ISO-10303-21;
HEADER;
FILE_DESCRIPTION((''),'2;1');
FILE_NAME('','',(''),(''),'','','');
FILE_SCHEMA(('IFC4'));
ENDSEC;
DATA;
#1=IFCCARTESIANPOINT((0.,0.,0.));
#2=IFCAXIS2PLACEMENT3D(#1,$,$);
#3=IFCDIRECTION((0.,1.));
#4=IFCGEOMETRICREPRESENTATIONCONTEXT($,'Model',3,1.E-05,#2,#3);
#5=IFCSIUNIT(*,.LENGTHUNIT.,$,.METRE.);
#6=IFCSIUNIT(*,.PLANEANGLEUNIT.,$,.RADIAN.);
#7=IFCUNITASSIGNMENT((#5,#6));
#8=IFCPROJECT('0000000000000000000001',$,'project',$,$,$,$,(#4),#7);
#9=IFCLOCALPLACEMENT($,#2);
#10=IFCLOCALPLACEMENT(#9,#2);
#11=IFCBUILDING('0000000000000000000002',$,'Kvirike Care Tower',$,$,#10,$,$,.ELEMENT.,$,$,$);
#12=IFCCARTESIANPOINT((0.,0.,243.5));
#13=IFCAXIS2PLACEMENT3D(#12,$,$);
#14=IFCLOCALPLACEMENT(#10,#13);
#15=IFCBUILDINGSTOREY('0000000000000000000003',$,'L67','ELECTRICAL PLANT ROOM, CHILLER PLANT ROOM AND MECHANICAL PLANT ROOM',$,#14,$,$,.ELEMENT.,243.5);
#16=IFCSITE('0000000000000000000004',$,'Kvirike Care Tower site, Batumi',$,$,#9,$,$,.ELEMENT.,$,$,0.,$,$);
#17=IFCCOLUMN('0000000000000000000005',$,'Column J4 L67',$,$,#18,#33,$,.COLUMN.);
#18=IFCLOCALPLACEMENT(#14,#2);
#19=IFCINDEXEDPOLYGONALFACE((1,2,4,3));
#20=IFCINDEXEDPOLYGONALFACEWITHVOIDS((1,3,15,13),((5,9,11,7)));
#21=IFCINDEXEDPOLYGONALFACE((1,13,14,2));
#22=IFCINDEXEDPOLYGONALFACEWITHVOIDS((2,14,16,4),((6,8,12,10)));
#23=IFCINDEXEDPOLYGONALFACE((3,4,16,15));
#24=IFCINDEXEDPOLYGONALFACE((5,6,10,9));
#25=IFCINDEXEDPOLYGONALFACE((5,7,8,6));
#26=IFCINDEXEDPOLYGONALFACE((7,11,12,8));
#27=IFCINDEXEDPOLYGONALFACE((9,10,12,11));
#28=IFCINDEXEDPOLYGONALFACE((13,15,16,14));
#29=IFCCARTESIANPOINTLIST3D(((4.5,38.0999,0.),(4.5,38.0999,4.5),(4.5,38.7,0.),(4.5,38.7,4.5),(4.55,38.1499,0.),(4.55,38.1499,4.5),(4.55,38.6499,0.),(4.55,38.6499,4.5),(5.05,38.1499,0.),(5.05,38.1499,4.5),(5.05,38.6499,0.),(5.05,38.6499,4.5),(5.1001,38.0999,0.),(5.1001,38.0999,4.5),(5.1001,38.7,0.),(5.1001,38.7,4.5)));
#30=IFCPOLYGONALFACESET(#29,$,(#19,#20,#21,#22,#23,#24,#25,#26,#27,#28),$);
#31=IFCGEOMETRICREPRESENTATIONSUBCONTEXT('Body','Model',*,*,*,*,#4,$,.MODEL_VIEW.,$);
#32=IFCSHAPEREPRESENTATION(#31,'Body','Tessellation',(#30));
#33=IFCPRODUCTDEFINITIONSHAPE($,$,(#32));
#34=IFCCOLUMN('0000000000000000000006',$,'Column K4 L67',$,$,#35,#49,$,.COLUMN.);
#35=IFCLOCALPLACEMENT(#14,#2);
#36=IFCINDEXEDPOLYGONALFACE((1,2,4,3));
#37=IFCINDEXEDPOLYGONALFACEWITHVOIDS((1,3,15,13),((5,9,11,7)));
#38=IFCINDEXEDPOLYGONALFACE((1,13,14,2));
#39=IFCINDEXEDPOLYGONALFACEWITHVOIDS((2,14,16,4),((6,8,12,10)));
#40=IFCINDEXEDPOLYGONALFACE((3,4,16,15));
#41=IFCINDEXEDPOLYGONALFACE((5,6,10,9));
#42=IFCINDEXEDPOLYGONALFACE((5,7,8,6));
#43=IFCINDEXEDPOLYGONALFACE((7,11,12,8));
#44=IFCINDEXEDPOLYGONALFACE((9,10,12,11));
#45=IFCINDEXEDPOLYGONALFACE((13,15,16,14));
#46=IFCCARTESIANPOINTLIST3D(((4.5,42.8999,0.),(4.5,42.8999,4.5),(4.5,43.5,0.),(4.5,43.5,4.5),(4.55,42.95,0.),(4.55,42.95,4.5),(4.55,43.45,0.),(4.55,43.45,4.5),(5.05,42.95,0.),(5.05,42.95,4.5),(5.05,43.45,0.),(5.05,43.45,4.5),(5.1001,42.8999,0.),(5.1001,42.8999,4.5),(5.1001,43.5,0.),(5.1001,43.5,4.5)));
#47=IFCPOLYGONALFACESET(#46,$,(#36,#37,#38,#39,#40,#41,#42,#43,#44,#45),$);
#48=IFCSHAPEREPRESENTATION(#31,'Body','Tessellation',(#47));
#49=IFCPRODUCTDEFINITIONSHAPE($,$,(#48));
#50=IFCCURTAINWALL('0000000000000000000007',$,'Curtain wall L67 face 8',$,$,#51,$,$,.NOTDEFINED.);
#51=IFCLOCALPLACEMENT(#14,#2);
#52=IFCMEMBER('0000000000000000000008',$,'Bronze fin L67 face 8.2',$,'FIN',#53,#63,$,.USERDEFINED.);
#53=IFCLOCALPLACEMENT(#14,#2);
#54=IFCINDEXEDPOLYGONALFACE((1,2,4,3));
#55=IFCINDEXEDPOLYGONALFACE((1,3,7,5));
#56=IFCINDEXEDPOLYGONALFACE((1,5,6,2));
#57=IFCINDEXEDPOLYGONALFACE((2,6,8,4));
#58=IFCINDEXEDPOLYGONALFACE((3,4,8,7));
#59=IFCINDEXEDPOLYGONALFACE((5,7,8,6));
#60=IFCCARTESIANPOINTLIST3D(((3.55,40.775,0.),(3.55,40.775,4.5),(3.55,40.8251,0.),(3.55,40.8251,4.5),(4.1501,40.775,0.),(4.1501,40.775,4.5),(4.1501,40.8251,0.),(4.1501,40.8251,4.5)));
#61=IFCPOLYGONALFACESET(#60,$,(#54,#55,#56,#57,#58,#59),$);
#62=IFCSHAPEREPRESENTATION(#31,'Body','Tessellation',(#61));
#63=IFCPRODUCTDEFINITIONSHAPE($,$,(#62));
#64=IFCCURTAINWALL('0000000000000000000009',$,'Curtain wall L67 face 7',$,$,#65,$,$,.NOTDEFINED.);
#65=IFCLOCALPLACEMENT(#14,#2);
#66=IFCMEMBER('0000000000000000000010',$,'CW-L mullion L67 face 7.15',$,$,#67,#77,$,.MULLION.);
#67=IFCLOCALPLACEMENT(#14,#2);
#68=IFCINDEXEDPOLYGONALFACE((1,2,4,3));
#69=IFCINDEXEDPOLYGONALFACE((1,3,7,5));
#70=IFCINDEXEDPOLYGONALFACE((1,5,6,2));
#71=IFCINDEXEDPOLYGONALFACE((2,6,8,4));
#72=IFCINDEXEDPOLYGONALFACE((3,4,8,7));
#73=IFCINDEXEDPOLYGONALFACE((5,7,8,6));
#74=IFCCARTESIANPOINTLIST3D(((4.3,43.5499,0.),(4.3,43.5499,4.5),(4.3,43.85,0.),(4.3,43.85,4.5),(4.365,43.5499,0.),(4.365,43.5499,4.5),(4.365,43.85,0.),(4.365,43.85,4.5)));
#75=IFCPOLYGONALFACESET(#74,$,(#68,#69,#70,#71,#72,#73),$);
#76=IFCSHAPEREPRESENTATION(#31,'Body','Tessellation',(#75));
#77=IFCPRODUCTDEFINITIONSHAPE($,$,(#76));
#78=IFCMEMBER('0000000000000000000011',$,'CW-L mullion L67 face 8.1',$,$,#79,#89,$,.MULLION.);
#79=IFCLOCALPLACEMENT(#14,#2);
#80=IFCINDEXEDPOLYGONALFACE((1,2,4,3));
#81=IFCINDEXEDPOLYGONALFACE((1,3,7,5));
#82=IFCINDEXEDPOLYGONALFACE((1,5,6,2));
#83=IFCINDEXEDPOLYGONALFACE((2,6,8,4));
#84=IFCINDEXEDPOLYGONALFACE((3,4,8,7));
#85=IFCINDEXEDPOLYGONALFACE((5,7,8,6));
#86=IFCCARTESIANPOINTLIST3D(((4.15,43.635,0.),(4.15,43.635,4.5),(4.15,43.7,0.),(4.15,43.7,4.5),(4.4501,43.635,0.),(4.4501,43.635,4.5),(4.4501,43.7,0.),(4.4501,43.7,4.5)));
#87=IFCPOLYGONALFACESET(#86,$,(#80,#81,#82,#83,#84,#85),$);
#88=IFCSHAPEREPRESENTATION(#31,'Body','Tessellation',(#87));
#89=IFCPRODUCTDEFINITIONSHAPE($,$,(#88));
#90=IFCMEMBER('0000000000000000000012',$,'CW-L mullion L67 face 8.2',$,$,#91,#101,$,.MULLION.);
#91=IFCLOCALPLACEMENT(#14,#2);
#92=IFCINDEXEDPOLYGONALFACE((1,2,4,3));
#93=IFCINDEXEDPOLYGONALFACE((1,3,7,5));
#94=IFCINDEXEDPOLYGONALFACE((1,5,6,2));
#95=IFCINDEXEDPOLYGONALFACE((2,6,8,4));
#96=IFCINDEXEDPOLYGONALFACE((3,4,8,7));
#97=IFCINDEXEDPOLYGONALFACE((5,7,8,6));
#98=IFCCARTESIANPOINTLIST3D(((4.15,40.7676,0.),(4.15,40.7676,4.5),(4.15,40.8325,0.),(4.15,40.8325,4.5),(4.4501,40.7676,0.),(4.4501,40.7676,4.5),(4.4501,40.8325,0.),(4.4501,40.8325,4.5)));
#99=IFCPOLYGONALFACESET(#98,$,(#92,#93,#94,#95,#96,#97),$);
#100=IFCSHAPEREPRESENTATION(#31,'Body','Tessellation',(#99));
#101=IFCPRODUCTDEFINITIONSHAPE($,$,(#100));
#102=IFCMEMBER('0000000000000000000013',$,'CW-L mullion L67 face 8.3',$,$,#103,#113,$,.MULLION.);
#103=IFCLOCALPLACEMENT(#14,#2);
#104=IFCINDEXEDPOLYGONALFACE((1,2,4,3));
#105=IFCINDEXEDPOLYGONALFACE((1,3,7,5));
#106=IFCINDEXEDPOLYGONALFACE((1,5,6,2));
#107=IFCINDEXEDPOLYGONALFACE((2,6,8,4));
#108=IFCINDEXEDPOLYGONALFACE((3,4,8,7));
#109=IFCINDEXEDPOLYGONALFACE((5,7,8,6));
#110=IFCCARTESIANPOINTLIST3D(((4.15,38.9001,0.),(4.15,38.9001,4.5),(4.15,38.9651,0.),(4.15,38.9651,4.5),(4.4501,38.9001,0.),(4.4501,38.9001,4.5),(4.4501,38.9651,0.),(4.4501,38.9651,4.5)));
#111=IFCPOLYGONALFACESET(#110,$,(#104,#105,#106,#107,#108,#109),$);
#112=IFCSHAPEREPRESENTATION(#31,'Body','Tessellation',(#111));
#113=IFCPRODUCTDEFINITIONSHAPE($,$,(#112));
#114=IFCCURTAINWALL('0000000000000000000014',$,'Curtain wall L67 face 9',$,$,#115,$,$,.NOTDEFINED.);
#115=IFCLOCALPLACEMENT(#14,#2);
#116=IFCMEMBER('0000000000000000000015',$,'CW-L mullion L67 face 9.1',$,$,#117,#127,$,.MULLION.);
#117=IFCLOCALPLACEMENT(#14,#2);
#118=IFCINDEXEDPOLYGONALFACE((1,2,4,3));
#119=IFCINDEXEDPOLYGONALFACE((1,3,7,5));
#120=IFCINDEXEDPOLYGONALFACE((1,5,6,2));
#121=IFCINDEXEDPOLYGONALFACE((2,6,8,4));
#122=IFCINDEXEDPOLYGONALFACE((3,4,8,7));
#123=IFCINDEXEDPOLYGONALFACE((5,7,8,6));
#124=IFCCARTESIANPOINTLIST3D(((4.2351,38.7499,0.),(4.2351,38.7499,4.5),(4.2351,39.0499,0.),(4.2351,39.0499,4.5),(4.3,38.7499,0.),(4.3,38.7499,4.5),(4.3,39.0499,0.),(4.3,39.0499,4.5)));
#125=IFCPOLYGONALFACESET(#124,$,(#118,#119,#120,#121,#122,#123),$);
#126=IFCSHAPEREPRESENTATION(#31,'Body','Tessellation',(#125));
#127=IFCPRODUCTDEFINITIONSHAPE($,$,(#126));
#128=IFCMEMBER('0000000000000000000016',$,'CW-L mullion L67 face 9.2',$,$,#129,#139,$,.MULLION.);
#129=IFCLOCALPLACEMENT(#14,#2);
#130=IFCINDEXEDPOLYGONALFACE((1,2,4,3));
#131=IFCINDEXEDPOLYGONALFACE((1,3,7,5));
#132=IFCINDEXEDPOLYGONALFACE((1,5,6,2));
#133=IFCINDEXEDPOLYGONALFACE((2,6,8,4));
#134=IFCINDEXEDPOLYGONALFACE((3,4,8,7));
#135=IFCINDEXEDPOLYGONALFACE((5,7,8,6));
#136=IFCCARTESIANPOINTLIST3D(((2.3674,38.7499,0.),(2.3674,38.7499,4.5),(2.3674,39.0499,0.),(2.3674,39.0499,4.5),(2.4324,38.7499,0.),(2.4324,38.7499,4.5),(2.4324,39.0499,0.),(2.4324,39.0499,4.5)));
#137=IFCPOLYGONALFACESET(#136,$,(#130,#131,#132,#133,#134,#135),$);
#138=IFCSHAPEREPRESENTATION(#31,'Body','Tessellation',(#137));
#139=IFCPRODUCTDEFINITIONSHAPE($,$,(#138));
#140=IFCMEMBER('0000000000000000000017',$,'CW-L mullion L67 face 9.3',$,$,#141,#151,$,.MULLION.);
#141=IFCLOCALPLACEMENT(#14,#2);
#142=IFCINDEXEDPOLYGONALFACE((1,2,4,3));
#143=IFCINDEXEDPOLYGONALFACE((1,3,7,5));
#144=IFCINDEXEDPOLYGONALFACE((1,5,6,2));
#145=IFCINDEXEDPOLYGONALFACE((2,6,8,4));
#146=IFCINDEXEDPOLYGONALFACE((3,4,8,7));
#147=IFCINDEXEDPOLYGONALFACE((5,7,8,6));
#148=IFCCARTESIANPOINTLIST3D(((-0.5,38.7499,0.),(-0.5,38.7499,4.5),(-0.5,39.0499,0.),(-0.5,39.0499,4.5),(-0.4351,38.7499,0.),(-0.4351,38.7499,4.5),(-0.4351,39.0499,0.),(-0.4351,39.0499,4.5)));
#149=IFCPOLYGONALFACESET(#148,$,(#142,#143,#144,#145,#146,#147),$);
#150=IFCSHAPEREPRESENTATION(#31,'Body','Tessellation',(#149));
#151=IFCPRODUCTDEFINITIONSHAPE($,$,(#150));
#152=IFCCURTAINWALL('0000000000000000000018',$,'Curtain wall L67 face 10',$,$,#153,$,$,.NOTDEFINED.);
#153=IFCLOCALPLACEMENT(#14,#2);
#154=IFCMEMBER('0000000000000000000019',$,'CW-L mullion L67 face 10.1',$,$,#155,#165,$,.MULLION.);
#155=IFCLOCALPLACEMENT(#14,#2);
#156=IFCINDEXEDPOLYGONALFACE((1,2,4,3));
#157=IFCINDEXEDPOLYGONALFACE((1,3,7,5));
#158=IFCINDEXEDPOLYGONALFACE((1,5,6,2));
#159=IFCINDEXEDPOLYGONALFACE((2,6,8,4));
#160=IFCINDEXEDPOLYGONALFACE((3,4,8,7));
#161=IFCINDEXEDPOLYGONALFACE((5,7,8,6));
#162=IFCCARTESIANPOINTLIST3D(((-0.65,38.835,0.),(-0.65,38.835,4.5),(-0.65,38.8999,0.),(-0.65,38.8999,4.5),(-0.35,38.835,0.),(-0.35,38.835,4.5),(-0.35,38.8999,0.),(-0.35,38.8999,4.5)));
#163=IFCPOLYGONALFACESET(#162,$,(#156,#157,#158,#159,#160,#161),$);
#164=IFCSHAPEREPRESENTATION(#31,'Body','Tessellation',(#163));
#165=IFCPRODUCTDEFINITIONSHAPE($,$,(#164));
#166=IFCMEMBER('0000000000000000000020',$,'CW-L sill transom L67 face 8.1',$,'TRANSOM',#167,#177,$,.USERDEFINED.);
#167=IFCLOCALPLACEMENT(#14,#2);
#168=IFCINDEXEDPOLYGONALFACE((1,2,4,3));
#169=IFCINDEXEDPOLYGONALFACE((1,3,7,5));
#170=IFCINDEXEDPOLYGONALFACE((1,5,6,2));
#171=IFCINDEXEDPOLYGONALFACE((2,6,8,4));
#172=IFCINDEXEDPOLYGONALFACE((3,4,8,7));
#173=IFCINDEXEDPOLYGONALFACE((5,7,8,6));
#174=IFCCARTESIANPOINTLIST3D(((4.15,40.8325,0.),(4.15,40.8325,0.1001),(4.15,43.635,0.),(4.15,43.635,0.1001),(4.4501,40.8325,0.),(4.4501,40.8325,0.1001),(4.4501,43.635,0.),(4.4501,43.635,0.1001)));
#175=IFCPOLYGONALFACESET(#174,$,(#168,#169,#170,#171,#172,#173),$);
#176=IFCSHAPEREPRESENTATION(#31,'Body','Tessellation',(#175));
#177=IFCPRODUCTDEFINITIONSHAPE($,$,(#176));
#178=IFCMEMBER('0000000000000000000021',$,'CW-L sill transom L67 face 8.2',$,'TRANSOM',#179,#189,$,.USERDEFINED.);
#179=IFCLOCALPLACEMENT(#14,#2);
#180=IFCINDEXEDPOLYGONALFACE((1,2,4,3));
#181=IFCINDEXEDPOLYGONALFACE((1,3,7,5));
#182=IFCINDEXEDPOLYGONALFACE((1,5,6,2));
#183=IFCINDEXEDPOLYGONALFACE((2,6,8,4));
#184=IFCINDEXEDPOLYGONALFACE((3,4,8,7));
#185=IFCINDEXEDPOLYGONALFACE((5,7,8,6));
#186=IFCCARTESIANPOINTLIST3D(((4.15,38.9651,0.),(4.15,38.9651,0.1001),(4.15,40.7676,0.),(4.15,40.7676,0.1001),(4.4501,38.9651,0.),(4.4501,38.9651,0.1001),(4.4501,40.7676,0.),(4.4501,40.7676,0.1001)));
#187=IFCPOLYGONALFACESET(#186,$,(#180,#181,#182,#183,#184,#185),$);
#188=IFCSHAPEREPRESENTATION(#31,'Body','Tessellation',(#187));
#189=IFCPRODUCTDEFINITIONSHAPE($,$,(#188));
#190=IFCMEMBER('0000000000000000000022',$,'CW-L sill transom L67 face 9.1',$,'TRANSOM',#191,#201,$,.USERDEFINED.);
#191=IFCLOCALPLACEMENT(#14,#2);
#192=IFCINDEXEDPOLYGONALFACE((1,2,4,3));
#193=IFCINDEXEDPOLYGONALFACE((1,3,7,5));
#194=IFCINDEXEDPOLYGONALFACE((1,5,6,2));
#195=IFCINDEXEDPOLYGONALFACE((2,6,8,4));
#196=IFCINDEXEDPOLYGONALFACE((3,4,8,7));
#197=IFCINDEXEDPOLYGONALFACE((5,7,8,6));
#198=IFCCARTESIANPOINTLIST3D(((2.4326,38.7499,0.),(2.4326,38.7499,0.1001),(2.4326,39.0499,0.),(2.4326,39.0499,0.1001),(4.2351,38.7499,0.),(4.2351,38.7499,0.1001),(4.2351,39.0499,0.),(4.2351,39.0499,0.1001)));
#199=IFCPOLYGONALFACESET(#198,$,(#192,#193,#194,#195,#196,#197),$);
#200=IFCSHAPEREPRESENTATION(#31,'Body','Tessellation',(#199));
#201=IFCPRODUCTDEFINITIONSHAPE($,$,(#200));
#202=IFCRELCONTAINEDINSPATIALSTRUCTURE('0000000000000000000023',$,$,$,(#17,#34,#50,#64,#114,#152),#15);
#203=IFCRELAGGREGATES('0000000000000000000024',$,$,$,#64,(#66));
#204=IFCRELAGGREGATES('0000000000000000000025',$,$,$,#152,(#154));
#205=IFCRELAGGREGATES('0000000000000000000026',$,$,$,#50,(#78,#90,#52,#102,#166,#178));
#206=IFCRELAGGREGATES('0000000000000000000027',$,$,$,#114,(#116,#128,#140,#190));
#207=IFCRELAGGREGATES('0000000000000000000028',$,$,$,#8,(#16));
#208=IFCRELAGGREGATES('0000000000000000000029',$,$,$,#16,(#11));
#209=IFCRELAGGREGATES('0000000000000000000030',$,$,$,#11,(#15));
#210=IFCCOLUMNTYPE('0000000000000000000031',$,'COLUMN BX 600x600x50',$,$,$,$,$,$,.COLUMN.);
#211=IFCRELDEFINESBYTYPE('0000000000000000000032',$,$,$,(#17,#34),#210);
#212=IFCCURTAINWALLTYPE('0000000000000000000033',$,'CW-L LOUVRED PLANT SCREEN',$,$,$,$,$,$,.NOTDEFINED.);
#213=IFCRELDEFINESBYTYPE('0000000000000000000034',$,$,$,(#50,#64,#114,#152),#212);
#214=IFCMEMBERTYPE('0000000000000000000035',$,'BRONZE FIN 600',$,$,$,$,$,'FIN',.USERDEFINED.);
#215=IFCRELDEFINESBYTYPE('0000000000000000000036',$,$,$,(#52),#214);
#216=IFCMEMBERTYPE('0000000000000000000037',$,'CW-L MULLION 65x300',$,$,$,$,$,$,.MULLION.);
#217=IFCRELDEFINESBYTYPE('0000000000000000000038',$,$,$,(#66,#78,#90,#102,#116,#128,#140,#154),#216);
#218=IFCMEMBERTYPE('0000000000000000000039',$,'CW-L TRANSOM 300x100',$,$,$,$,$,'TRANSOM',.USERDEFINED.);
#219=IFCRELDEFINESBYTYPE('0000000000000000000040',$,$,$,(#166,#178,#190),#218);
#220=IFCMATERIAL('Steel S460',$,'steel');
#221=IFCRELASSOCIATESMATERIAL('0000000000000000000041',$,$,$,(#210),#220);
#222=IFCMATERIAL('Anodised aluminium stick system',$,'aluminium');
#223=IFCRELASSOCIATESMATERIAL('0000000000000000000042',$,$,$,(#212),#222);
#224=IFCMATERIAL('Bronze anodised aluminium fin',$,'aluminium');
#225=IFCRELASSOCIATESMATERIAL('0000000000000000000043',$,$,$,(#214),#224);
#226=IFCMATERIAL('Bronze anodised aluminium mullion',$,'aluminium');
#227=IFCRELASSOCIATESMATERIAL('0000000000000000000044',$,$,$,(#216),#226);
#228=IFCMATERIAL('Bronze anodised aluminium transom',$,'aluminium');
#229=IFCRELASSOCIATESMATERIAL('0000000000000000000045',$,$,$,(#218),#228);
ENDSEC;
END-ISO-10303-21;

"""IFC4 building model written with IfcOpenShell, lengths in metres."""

from ifc_helpers import new_model, si_unit, direction, frame, origin, origin_2d, place, context, subcontext, project, spatial, rectangle, hollow_rectangle, extrude, material, material_profile, profile_set, type_object, element, aggregate, save


model = new_model("IFC4")

# Units and contexts
model_context = context("Model", 3, precision=1e-05, world=origin(), true_north=direction((0.0, 1.0)))
body_context = subcontext(model_context, "Body", "Model", "MODEL_VIEW")
ifc_project = project(units=[si_unit("LENGTHUNIT", "METRE"), si_unit("PLANEANGLEUNIT", "RADIAN")], contexts=[model_context])

# Site, building, storey
site_placement = place(None, origin())
site = spatial("IfcSite", under=ifc_project, at=site_placement, Name="Kvirike Care Tower site, Batumi", CompositionType="ELEMENT", RefElevation=0.0)
building_placement = place(site_placement, origin())
building = spatial("IfcBuilding", under=site, at=building_placement, Name="Kvirike Care Tower", CompositionType="ELEMENT")
storey_placement = place(building_placement, frame((0.0, 0.0, 243.5)))
storey = spatial("IfcBuildingStorey", under=building, at=storey_placement, Name="L67", Description="ELECTRICAL PLANT ROOM, CHILLER PLANT ROOM AND MECHANICAL PLANT ROOM", CompositionType="ELEMENT", Elevation=243.5)

# Columns
ifc_material_1 = material(Name="Steel S460", Category="steel")
ifc_material_profile_1 = material_profile(ifc_material_1, hollow_rectangle(XDim=0.6001, YDim=0.6001, WallThickness=0.05, at=origin_2d()), Name="BX 600x600x50")
ifc_profile_set_1 = profile_set([ifc_material_profile_1], Name="Steel S460")
column_type = type_object("IfcColumnType", Name="COLUMN BX 600x600x50", PredefinedType="COLUMN", material=ifc_profile_set_1)
for number, where, z_axis, x_axis, name in (
    (1, (4.8, 38.3999, 0.0), (0.0, 0.0, 1.0), (0.0, 1.0, 0.0), "Column J4 L67"),
    (2, (4.8, 43.2, 0.0), (0.0, 0.0, 1.0), (0.0, 1.0, 0.0), "Column K4 L67"),
):
    element("IfcColumn", number, at=place(storey_placement, frame(where, z_axis=z_axis, x_axis=x_axis)), inside=storey, type_object=column_type, Name=name, PredefinedType="COLUMN", context=body_context, shape_type="SweptSolid", body=[
        extrude(hollow_rectangle(XDim=0.6001, YDim=0.6001, WallThickness=0.05, at=origin_2d()), origin(), (0.0, 0.0, 1.0), 4.5),
    ])

# Curtain walls, members
ifc_material_2 = material(Name="Anodised aluminium stick system", Category="aluminium")
curtain_wall_type = type_object("IfcCurtainWallType", Name="CW-L LOUVRED PLANT SCREEN", PredefinedType="NOTDEFINED", material=ifc_material_2)
curtain_wall_1_placement = place(storey_placement, origin())
curtain_wall_1 = element("IfcCurtainWall", 3, at=curtain_wall_1_placement, inside=storey, type_object=curtain_wall_type, Name="Curtain wall L67 face 8", PredefinedType="NOTDEFINED")
ifc_material_3 = material(Name="Bronze anodised aluminium fin", Category="aluminium")
ifc_material_profile_2 = material_profile(ifc_material_3, rectangle(XDim=0.05, YDim=0.6001, at=origin_2d()), Name="BRONZE FIN 600")
ifc_profile_set_2 = profile_set([ifc_material_profile_2], Name="Bronze anodised aluminium fin")
member_type_1 = type_object("IfcMemberType", Name="BRONZE FIN 600", ElementType="FIN", PredefinedType="USERDEFINED", material=ifc_profile_set_2)
member_1_placement = place(storey_placement, frame((3.8501, 40.8, 0.0), z_axis=(0.0, 0.0, 1.0), x_axis=(0.0, -1.0, 0.0)))
member_1 = element("IfcMember", 4, at=member_1_placement, type_object=member_type_1, Name="Bronze fin L67 face 8.2", ObjectType="FIN", PredefinedType="USERDEFINED", context=body_context, shape_type="SweptSolid", body=[
    extrude(rectangle(XDim=0.05, YDim=0.6001, at=origin_2d()), origin(), (0.0, 0.0, 1.0), 4.5),
])
curtain_wall_2_placement = place(storey_placement, origin())
curtain_wall_2 = element("IfcCurtainWall", 5, at=curtain_wall_2_placement, inside=storey, type_object=curtain_wall_type, Name="Curtain wall L67 face 7", PredefinedType="NOTDEFINED")
ifc_material_4 = material(Name="Bronze anodised aluminium mullion", Category="aluminium")
ifc_material_profile_3 = material_profile(ifc_material_4, rectangle(XDim=0.0649, YDim=0.3, at=origin_2d()), Name="CW-L MULLION 65x300")
ifc_profile_set_3 = profile_set([ifc_material_profile_3], Name="Bronze anodised aluminium mullion")
member_type_2 = type_object("IfcMemberType", Name="CW-L MULLION 65x300", PredefinedType="MULLION", material=ifc_profile_set_3)
member_2_placement = place(storey_placement, frame((4.3325, 43.7, 0.0), z_axis=(0.0, 0.0, 1.0), x_axis=(-1.0, 0.0, 0.0)))
member_2 = element("IfcMember", 6, at=member_2_placement, type_object=member_type_2, Name="CW-L mullion L67 face 7.15", PredefinedType="MULLION", context=body_context, shape_type="SweptSolid", body=[
    extrude(rectangle(XDim=0.0649, YDim=0.3, at=origin_2d()), origin(), (0.0, 0.0, 1.0), 4.5),
])
aggregate(curtain_wall_2, [member_2])

# Members
member_3_placement = place(storey_placement, frame((4.3, 43.6675, 0.0), z_axis=(0.0, 0.0, 1.0), x_axis=(0.0, -1.0, 0.0)))
member_3 = element("IfcMember", 7, at=member_3_placement, type_object=member_type_2, Name="CW-L mullion L67 face 8.1", PredefinedType="MULLION", context=body_context, shape_type="SweptSolid", body=[
    extrude(rectangle(XDim=0.0649, YDim=0.3, at=origin_2d()), origin(), (0.0, 0.0, 1.0), 4.5),
])
member_4_placement = place(storey_placement, frame((4.3, 40.8, 0.0), z_axis=(0.0, 0.0, 1.0), x_axis=(0.0, -1.0, 0.0)))
member_4 = element("IfcMember", 8, at=member_4_placement, type_object=member_type_2, Name="CW-L mullion L67 face 8.2", PredefinedType="MULLION", context=body_context, shape_type="SweptSolid", body=[
    extrude(rectangle(XDim=0.0649, YDim=0.3, at=origin_2d()), origin(), (0.0, 0.0, 1.0), 4.5),
])
member_5_placement = place(storey_placement, frame((4.3, 38.9326, 0.0), z_axis=(0.0, 0.0, 1.0), x_axis=(0.0, -1.0, 0.0)))
member_5 = element("IfcMember", 9, at=member_5_placement, type_object=member_type_2, Name="CW-L mullion L67 face 8.3", PredefinedType="MULLION", context=body_context, shape_type="SweptSolid", body=[
    extrude(rectangle(XDim=0.0649, YDim=0.3, at=origin_2d()), origin(), (0.0, 0.0, 1.0), 4.5),
])

# Curtain wall, members
curtain_wall_3_placement = place(storey_placement, origin())
curtain_wall_3 = element("IfcCurtainWall", 10, at=curtain_wall_3_placement, inside=storey, type_object=curtain_wall_type, Name="Curtain wall L67 face 9", PredefinedType="NOTDEFINED")
member_6_placement = place(storey_placement, frame((4.2676, 38.8999, 0.0), z_axis=(0.0, 0.0, 1.0), x_axis=(-1.0, 0.0, 0.0)))
member_6 = element("IfcMember", 11, at=member_6_placement, type_object=member_type_2, Name="CW-L mullion L67 face 9.1", PredefinedType="MULLION", context=body_context, shape_type="SweptSolid", body=[
    extrude(rectangle(XDim=0.0649, YDim=0.3, at=origin_2d()), origin(), (0.0, 0.0, 1.0), 4.5),
])
member_7_placement = place(storey_placement, frame((2.3999, 38.8999, 0.0), z_axis=(0.0, 0.0, 1.0), x_axis=(-1.0, 0.0, 0.0)))
member_7 = element("IfcMember", 12, at=member_7_placement, type_object=member_type_2, Name="CW-L mullion L67 face 9.2", PredefinedType="MULLION", context=body_context, shape_type="SweptSolid", body=[
    extrude(rectangle(XDim=0.0649, YDim=0.3, at=origin_2d()), origin(), (0.0, 0.0, 1.0), 4.5),
])
member_8_placement = place(storey_placement, frame((-0.4675, 38.8999, 0.0), z_axis=(0.0, 0.0, 1.0), x_axis=(-1.0, 0.0, 0.0)))
member_8 = element("IfcMember", 13, at=member_8_placement, type_object=member_type_2, Name="CW-L mullion L67 face 9.3", PredefinedType="MULLION", context=body_context, shape_type="SweptSolid", body=[
    extrude(rectangle(XDim=0.0649, YDim=0.3, at=origin_2d()), origin(), (0.0, 0.0, 1.0), 4.5),
])

# Curtain wall, member
curtain_wall_4_placement = place(storey_placement, origin())
curtain_wall_4 = element("IfcCurtainWall", 14, at=curtain_wall_4_placement, inside=storey, type_object=curtain_wall_type, Name="Curtain wall L67 face 10", PredefinedType="NOTDEFINED")
member_9_placement = place(storey_placement, frame((-0.5, 38.8674, 0.0), z_axis=(0.0, 0.0, 1.0), x_axis=(0.0, -1.0, 0.0)))
member_9 = element("IfcMember", 15, at=member_9_placement, type_object=member_type_2, Name="CW-L mullion L67 face 10.1", PredefinedType="MULLION", context=body_context, shape_type="SweptSolid", body=[
    extrude(rectangle(XDim=0.0649, YDim=0.3, at=origin_2d()), origin(), (0.0, 0.0, 1.0), 4.5),
])

# Members
ifc_material_5 = material(Name="Bronze anodised aluminium transom", Category="aluminium")
ifc_material_profile_4 = material_profile(ifc_material_5, rectangle(XDim=0.3, YDim=0.1001, at=origin_2d()), Name="CW-L TRANSOM 300x100")
ifc_profile_set_4 = profile_set([ifc_material_profile_4], Name="Bronze anodised aluminium transom")
member_type_3 = type_object("IfcMemberType", Name="CW-L TRANSOM 300x100", ElementType="TRANSOM", PredefinedType="USERDEFINED", material=ifc_profile_set_4)
member_10_placement = place(storey_placement, frame((4.3, 43.635, 0.05), z_axis=(0.0, -1.0, 0.0), x_axis=(1.0, 0.0, 0.0)))
member_10 = element("IfcMember", 16, at=member_10_placement, type_object=member_type_3, Name="CW-L sill transom L67 face 8.1", ObjectType="TRANSOM", PredefinedType="USERDEFINED", context=body_context, shape_type="SweptSolid", body=[
    extrude(rectangle(XDim=0.3, YDim=0.1001, at=origin_2d()), origin(), (0.0, 0.0, 1.0), 2.8025),
])
member_11_placement = place(storey_placement, frame((4.3, 40.7676, 0.05), z_axis=(0.0, -1.0, 0.0), x_axis=(1.0, 0.0, 0.0)))
member_11 = element("IfcMember", 17, at=member_11_placement, type_object=member_type_3, Name="CW-L sill transom L67 face 8.2", ObjectType="TRANSOM", PredefinedType="USERDEFINED", context=body_context, shape_type="SweptSolid", body=[
    extrude(rectangle(XDim=0.3, YDim=0.1001, at=origin_2d()), origin(), (0.0, 0.0, 1.0), 1.8025),
])
member_12_placement = place(storey_placement, frame((4.2351, 38.8999, 0.05), z_axis=(-1.0, 0.0, 0.0), x_axis=(0.0, -1.0, 0.0)))
member_12 = element("IfcMember", 18, at=member_12_placement, type_object=member_type_3, Name="CW-L sill transom L67 face 9.1", ObjectType="TRANSOM", PredefinedType="USERDEFINED", context=body_context, shape_type="SweptSolid", body=[
    extrude(rectangle(XDim=0.3, YDim=0.1001, at=origin_2d()), origin(), (0.0, 0.0, 1.0), 1.8025),
])
aggregate(curtain_wall_4, [member_9])

aggregate(curtain_wall_1, [member_3, member_4, member_1, member_5, member_10, member_11])
aggregate(curtain_wall_3, [member_6, member_7, member_8, member_12])

save(model, "model.ifc")
